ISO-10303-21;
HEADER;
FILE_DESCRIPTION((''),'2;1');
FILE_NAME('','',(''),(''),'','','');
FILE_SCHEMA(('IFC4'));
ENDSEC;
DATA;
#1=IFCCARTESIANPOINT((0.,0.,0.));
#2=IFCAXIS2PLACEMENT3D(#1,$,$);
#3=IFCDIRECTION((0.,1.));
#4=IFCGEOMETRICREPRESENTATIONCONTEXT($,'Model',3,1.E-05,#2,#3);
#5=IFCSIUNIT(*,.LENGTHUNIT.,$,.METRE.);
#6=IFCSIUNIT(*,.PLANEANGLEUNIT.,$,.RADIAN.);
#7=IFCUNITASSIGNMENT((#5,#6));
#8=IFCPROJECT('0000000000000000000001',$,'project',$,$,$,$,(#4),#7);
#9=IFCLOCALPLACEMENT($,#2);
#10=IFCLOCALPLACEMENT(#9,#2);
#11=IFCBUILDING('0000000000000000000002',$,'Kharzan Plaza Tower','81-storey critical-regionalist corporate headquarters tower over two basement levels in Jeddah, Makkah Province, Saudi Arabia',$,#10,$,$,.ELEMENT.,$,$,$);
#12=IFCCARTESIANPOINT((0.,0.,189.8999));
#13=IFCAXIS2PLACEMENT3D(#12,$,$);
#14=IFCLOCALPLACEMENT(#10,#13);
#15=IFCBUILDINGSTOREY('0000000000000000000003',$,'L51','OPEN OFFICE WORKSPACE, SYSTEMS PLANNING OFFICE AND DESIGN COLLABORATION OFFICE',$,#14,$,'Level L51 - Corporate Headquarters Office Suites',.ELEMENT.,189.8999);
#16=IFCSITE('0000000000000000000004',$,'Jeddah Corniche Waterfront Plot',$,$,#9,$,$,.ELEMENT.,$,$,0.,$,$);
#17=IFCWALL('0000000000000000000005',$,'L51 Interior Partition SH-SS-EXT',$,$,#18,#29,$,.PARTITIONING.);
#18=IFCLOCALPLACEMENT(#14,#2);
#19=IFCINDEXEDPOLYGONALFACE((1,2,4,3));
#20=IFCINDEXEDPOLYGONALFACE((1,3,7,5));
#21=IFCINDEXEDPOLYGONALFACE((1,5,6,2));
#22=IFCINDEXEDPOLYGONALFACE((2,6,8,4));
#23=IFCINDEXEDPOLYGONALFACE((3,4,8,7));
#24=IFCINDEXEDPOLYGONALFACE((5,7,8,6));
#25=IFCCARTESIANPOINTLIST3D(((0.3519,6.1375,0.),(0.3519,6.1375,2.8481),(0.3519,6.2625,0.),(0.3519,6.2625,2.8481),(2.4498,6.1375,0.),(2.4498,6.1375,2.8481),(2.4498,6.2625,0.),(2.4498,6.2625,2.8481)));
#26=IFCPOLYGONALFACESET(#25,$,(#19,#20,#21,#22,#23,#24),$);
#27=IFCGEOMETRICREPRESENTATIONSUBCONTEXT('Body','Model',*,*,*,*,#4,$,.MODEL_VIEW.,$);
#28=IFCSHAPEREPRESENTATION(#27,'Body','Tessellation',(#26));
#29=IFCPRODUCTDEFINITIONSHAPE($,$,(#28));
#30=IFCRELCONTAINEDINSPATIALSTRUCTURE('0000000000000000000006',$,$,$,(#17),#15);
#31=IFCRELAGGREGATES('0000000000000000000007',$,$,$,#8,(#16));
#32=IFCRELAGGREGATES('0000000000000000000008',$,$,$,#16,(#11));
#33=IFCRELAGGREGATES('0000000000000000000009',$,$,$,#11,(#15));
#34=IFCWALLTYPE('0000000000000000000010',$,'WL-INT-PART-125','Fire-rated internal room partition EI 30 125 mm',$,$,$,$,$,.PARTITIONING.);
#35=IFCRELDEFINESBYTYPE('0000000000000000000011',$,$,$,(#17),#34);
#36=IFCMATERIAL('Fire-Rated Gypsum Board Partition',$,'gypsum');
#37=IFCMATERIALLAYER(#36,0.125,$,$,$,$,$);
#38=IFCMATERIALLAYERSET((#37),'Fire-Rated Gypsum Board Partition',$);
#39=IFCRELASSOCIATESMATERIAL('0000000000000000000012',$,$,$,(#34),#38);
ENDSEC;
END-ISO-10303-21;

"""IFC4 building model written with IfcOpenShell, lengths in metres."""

from ifc_helpers import new_model, si_unit, direction, frame, frame_2d, origin, place, context, subcontext, project, spatial, rectangle, extrude, source, transform, mapped, material, layer, layer_set, type_object, element, save


model = new_model("IFC4")

# Units and contexts
model_context = context("Model", 3, precision=1e-05, world=origin(), true_north=direction((0.0, 1.0)))
body_context = subcontext(model_context, "Body", "Model", "MODEL_VIEW")
ifc_project = project(units=[si_unit("LENGTHUNIT", "METRE"), si_unit("PLANEANGLEUNIT", "RADIAN")], contexts=[model_context])

# Site, building, storey
site_placement = place(None, origin())
site = spatial("IfcSite", under=ifc_project, at=site_placement, Name="Jeddah Corniche Waterfront Plot", CompositionType="ELEMENT", RefElevation=0.0)
building_placement = place(site_placement, origin())
building = spatial("IfcBuilding", under=site, at=building_placement, Name="Kharzan Plaza Tower", Description="81-storey critical-regionalist corporate headquarters tower over two basement levels in Jeddah, Makkah Province, Saudi Arabia", CompositionType="ELEMENT")
storey_placement = place(building_placement, frame((0.0, 0.0, 189.8999)))
storey = spatial("IfcBuildingStorey", under=building, at=storey_placement, Name="L51", Description="OPEN OFFICE WORKSPACE, SYSTEMS PLANNING OFFICE AND DESIGN COLLABORATION OFFICE", LongName="Level L51 - Corporate Headquarters Office Suites", CompositionType="ELEMENT", Elevation=189.8999)

# Shared definitions
ifc_material_1 = material(Name="Fire-Rated Gypsum Board Partition", Category="gypsum")
ifc_layer_1 = layer(ifc_material_1, 0.125)
ifc_layer_set_1 = layer_set([ifc_layer_1], Name="Fire-Rated Gypsum Board Partition")
wall_type_1 = type_object("IfcWallType", Name="WL-INT-PART-125", Description="Fire-rated internal room partition EI 30 125 mm", PredefinedType="PARTITIONING", material=ifc_layer_set_1)

# Wall
shared_shape_1 = source(origin(), body_context, "Body", "SweptSolid", [
    extrude(rectangle(XDim=2.0979, YDim=0.125, at=frame_2d((1.0488, 0.0))), origin(), (0.0, 0.0, 1.0), 2.8481),
])
wall_1_placement = place(storey_placement, frame((0.3521, 6.2, 0.0), z_axis=(0.0, 0.0, 1.0), x_axis=(1.0, 0.0, 0.0)))
element("IfcWall", 1, at=wall_1_placement, inside=storey, type_object=wall_type_1, Name="L51 Interior Partition SH-SS-EXT", PredefinedType="PARTITIONING", context=body_context, shape_type="MappedRepresentation", body=[
    mapped(shared_shape_1, transform((0.0, 0.0, 0.0), x_axis=(1.0, 0.0, 0.0), y_axis=(0.0, 1.0, 0.0), z_axis=(0.0, 0.0, 1.0))),
])

save(model, "model.ifc")
